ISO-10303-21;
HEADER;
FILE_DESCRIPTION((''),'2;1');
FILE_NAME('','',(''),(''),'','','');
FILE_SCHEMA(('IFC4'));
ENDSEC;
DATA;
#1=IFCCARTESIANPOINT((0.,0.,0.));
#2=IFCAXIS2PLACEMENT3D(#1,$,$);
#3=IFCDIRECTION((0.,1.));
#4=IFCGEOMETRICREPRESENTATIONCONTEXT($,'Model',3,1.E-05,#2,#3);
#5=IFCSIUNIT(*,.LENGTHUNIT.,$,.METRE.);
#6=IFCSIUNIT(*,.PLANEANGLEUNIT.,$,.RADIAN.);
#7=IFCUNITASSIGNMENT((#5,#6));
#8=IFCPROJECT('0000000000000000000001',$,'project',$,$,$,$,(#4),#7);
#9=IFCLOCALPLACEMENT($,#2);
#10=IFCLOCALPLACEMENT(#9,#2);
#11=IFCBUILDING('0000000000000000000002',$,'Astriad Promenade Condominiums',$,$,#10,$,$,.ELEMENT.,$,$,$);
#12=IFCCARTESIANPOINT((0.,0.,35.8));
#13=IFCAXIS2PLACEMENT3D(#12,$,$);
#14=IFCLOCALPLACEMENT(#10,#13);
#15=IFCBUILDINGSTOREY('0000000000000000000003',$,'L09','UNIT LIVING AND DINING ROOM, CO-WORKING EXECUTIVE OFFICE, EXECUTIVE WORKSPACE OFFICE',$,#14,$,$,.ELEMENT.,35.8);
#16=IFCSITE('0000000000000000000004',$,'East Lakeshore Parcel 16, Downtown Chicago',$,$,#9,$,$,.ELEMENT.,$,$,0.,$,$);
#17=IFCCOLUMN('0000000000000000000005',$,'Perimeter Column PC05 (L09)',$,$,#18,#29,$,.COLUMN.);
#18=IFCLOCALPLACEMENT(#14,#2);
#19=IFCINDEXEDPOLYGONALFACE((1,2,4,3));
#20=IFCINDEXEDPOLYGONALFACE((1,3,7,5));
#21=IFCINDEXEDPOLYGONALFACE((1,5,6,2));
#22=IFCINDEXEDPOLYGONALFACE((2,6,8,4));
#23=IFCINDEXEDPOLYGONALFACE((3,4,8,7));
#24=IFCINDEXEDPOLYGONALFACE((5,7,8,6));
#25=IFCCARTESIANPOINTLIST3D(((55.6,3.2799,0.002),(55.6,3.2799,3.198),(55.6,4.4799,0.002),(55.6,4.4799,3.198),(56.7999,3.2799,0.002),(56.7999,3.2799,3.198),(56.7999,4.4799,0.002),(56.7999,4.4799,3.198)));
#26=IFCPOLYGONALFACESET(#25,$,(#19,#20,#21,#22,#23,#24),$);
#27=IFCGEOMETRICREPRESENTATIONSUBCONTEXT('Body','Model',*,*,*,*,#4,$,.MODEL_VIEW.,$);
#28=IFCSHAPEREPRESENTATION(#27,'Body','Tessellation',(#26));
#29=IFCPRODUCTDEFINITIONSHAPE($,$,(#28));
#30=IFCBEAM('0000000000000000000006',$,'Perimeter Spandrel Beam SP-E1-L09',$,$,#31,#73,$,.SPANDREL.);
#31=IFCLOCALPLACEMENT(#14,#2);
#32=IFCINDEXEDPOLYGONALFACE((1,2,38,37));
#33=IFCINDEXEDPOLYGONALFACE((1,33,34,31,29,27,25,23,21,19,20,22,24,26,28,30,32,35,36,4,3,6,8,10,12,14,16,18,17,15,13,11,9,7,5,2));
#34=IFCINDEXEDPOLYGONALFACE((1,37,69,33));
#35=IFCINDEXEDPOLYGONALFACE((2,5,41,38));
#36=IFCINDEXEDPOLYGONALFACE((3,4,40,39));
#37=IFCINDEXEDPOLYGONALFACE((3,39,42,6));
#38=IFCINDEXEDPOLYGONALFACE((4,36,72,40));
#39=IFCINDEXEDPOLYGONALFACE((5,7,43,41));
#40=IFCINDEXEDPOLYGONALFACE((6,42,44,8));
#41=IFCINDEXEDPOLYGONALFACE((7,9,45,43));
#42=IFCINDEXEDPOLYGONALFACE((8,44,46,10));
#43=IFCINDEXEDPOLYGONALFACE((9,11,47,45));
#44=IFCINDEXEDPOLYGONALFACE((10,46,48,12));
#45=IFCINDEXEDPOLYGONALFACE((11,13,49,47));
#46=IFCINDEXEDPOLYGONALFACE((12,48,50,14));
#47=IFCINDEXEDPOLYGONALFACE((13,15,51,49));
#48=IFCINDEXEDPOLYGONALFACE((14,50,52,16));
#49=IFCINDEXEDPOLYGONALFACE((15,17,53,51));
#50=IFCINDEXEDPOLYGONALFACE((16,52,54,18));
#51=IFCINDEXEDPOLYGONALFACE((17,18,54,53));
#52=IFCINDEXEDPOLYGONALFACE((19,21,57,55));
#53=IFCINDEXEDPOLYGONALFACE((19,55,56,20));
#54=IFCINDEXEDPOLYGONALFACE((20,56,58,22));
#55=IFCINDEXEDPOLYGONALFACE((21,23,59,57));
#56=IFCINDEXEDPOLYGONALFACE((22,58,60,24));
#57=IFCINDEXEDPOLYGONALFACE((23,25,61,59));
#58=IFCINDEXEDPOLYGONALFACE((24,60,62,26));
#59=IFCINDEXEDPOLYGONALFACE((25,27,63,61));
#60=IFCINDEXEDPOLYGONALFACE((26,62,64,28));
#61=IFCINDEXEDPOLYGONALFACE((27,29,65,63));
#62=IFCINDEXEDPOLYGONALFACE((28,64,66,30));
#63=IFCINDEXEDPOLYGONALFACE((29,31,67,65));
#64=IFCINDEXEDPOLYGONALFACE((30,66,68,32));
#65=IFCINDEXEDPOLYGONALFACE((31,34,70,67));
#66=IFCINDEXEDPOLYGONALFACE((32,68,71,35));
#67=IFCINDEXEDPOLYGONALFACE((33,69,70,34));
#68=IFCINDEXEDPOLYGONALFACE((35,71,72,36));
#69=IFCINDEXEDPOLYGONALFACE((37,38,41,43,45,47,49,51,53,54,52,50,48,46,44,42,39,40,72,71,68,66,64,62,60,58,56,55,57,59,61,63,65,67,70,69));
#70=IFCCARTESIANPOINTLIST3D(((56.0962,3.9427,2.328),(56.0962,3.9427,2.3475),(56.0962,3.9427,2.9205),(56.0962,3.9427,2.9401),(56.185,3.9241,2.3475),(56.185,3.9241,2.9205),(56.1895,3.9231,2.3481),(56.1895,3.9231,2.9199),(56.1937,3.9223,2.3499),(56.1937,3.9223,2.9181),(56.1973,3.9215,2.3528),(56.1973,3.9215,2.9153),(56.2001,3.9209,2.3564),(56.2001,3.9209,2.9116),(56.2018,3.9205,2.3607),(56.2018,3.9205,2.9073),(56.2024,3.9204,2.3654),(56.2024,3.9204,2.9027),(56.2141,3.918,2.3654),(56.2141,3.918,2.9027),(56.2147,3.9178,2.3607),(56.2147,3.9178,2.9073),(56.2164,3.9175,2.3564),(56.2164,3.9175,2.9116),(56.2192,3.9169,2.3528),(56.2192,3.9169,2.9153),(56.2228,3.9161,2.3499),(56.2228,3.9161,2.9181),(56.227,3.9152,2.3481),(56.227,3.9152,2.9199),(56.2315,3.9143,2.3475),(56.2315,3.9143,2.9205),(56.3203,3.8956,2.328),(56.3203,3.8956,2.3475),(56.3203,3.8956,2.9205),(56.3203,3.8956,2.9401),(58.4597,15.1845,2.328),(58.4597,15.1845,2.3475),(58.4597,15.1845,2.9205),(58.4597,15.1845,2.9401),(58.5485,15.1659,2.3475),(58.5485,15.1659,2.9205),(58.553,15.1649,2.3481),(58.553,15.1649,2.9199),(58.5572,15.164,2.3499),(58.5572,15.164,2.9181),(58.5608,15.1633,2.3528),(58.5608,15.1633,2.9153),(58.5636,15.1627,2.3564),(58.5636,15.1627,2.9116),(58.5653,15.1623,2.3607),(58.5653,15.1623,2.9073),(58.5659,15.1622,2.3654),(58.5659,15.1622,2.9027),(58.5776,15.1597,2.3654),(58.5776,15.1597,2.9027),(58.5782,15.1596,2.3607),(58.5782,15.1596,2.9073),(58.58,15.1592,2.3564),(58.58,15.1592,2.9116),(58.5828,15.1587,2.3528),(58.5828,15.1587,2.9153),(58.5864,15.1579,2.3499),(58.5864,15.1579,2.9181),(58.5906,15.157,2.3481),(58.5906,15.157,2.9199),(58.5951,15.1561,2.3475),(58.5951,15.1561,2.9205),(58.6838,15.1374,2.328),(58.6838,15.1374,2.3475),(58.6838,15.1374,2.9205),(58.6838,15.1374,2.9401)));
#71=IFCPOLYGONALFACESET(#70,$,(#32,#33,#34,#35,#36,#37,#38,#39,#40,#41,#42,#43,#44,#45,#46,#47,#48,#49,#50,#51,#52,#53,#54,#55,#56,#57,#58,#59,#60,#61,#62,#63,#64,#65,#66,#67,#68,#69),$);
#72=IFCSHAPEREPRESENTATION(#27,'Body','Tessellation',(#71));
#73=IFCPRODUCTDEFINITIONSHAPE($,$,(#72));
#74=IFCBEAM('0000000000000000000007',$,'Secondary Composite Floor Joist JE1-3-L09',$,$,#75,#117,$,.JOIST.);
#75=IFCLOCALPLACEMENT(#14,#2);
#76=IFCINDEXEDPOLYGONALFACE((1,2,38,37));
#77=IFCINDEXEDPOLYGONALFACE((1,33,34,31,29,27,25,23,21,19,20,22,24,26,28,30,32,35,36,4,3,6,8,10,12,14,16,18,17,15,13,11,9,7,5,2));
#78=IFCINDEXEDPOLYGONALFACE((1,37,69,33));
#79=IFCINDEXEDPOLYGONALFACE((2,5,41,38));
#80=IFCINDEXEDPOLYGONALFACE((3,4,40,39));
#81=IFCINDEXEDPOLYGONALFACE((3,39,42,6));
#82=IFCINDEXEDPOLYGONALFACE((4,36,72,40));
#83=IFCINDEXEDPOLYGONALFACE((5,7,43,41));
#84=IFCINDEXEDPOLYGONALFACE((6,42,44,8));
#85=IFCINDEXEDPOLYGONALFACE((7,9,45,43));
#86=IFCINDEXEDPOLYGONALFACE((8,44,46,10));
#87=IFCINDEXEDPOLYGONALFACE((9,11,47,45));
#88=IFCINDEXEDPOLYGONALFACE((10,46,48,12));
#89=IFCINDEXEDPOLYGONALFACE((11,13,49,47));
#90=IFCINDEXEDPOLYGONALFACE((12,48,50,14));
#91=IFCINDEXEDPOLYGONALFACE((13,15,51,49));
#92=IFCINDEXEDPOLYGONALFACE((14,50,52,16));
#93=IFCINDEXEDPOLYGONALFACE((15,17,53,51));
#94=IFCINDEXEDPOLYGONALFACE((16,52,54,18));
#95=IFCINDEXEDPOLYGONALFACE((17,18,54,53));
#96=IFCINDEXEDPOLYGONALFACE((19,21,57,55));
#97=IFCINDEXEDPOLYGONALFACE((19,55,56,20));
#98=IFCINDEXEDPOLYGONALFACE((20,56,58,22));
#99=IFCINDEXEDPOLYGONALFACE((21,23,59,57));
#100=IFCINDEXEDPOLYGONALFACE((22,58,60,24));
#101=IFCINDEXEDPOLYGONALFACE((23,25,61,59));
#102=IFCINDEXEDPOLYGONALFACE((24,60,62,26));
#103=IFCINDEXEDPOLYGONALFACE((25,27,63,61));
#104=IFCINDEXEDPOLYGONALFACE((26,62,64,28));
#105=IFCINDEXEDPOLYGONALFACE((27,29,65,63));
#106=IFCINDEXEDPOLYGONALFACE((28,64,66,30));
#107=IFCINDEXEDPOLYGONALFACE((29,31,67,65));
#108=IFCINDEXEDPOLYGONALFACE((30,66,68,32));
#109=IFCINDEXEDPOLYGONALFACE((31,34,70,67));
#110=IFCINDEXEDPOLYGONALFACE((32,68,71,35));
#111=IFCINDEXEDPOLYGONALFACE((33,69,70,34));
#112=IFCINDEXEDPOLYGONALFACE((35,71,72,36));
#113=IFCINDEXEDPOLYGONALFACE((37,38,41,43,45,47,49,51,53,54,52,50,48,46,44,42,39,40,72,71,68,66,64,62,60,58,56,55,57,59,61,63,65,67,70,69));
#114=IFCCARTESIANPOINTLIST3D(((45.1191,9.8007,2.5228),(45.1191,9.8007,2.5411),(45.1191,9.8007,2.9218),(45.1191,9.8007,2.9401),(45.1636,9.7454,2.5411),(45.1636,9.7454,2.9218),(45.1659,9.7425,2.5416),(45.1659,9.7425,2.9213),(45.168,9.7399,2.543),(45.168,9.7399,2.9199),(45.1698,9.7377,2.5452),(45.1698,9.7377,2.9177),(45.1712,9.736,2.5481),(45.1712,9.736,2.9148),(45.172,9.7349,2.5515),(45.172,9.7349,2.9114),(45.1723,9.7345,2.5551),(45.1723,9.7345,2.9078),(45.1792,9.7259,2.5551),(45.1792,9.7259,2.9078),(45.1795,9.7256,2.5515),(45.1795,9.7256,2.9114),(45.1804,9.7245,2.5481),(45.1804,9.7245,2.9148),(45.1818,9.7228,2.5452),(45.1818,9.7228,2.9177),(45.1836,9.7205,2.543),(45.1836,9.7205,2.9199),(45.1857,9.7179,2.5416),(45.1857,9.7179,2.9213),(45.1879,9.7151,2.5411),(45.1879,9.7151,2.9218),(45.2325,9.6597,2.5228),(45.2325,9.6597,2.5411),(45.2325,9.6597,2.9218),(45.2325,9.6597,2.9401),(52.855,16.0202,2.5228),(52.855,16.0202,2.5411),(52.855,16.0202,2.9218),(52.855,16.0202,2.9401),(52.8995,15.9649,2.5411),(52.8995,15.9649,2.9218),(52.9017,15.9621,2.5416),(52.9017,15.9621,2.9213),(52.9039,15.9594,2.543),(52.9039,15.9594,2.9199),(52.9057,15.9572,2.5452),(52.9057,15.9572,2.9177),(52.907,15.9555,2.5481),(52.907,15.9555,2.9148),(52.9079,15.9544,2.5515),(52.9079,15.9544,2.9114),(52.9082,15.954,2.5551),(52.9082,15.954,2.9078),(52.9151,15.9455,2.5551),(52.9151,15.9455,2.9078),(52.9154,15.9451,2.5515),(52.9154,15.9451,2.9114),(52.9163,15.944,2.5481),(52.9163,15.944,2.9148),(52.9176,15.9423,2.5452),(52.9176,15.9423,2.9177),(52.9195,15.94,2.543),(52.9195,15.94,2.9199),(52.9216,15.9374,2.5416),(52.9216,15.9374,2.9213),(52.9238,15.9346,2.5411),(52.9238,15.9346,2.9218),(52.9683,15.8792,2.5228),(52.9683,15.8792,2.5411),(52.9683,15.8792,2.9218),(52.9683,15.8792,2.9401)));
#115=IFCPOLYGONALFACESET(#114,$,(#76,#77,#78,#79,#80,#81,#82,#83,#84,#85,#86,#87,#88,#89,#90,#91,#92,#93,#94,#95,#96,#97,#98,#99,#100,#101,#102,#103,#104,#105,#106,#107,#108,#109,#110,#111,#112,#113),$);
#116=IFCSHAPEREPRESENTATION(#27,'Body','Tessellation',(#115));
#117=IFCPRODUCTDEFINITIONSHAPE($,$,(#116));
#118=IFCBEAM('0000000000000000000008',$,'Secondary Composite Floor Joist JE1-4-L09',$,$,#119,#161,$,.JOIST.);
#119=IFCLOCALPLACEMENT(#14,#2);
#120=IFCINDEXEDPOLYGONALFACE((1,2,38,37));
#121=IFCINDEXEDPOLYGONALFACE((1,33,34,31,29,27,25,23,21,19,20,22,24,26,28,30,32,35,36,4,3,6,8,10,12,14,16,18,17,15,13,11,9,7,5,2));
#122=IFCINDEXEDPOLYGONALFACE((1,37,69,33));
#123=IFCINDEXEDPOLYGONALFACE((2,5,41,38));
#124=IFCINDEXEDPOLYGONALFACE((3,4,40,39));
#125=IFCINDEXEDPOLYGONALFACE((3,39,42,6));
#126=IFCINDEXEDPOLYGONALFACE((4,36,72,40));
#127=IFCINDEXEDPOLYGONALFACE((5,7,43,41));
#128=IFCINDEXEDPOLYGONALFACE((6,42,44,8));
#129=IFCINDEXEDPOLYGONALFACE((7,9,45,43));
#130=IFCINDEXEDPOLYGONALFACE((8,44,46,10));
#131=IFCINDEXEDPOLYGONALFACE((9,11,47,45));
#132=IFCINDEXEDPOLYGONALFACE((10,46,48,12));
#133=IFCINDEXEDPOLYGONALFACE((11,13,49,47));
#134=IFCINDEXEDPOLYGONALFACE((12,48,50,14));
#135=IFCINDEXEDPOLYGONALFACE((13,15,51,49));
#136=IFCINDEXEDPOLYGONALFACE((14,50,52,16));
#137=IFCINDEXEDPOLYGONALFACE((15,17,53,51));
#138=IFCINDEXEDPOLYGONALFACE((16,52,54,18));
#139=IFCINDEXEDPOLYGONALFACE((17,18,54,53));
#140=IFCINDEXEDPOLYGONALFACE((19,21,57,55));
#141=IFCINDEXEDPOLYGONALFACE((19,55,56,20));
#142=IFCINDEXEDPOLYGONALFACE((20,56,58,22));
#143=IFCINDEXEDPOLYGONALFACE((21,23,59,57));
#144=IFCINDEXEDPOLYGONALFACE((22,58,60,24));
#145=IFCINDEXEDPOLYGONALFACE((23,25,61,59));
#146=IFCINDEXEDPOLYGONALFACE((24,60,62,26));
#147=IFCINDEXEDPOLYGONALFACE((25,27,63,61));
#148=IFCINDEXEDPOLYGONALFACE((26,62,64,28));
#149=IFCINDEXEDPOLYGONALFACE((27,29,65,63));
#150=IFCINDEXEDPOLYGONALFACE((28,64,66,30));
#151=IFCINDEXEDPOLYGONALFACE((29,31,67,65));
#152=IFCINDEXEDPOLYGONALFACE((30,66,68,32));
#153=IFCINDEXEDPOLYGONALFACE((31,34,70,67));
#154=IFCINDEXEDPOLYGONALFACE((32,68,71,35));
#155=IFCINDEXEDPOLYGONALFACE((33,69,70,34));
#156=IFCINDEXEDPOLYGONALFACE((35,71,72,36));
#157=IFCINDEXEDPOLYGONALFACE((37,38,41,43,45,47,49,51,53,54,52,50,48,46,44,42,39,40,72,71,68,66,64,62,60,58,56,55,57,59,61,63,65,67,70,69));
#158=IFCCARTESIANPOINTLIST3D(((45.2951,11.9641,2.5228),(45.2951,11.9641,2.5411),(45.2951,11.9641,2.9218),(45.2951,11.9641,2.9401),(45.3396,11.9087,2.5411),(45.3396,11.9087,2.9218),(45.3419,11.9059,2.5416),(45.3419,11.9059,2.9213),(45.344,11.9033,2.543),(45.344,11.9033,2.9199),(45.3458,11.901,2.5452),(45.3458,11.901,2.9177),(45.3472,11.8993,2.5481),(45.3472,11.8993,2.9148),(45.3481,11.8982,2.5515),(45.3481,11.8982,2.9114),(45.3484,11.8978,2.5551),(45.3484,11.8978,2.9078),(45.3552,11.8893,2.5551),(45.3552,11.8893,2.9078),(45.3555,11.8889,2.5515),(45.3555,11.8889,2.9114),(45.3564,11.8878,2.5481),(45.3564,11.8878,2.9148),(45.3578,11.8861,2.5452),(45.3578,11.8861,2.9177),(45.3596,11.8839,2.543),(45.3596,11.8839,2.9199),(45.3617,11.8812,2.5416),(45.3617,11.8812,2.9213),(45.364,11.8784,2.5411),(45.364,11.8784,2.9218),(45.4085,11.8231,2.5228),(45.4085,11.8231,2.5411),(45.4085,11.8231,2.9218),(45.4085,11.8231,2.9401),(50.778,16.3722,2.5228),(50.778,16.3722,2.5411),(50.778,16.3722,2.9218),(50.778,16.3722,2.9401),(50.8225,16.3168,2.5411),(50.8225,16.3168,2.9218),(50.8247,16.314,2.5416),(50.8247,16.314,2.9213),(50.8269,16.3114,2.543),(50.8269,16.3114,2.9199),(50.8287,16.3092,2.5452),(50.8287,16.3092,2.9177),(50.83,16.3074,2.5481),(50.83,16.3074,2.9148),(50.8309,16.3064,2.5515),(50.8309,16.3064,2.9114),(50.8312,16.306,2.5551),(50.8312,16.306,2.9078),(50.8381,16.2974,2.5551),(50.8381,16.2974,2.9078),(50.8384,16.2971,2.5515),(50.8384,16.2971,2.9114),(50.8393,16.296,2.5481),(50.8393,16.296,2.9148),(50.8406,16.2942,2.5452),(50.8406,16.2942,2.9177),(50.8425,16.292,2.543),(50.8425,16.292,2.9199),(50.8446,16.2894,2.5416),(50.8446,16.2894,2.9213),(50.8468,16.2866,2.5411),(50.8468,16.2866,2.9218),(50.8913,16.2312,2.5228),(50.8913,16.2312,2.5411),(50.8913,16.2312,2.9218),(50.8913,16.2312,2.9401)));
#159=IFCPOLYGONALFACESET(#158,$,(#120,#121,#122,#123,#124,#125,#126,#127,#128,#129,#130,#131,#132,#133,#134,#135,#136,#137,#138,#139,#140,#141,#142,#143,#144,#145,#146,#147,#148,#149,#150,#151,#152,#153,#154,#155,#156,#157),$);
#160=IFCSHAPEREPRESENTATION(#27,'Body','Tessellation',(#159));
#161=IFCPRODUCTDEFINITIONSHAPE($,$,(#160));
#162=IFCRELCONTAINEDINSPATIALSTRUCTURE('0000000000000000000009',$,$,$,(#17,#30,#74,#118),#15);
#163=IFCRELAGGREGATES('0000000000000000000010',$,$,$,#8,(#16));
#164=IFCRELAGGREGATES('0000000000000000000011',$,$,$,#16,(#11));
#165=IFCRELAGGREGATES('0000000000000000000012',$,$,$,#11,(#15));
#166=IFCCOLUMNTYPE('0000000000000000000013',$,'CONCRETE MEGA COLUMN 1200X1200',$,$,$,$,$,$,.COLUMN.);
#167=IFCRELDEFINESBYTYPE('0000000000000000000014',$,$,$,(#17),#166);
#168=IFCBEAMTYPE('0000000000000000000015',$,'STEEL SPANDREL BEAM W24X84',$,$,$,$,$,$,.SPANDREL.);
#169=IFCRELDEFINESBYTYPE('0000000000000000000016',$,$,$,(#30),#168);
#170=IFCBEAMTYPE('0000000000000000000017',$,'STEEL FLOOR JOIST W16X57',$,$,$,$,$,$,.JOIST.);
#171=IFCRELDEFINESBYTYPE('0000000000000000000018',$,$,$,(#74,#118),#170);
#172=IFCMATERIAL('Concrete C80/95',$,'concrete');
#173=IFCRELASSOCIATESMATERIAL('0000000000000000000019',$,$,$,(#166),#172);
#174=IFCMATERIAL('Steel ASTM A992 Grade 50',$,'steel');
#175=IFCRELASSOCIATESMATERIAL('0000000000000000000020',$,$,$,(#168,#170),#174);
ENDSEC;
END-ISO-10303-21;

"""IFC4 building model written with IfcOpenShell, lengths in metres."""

from ifc_helpers import new_model, si_unit, direction, frame, origin, origin_2d, place, context, subcontext, project, spatial, rectangle, i_section, extrude, source, transform, mapped, material, material_profile, profile_set, type_object, type_shapes, element, save


model = new_model("IFC4")

# Units and contexts
model_context = context("Model", 3, precision=1e-05, world=origin(), true_north=direction((0.0, 1.0)))
body_context = subcontext(model_context, "Body", "Model", "MODEL_VIEW")
ifc_project = project(units=[si_unit("LENGTHUNIT", "METRE"), si_unit("PLANEANGLEUNIT", "RADIAN")], contexts=[model_context])

# Site, building, storey
site_placement = place(None, origin())
site = spatial("IfcSite", under=ifc_project, at=site_placement, Name="East Lakeshore Parcel 16, Downtown Chicago", CompositionType="ELEMENT", RefElevation=0.0)
building_placement = place(site_placement, origin())
building = spatial("IfcBuilding", under=site, at=building_placement, Name="Astriad Promenade Condominiums", CompositionType="ELEMENT")
storey_placement = place(building_placement, frame((0.0, 0.0, 35.8)))
storey = spatial("IfcBuildingStorey", under=building, at=storey_placement, Name="L09", Description="UNIT LIVING AND DINING ROOM, CO-WORKING EXECUTIVE OFFICE, EXECUTIVE WORKSPACE OFFICE", CompositionType="ELEMENT", Elevation=35.8)

# Column
ifc_material_1 = material(Name="Concrete C80/95", Category="concrete")
ifc_material_profile_1 = material_profile(ifc_material_1, rectangle(XDim=1.2, YDim=1.2, at=origin_2d()), Name="RC-COL-1200X1200")
ifc_profile_set_1 = profile_set([ifc_material_profile_1], Name="Concrete C80/95")
column_type = type_object("IfcColumnType", Name="CONCRETE MEGA COLUMN 1200X1200", PredefinedType="COLUMN", material=ifc_profile_set_1)
shared_shape_1 = source(origin(), body_context, "Body", "SweptSolid", [
    extrude(rectangle(XDim=1.2, YDim=1.2, at=origin_2d()), origin(), (0.0, 0.0, 1.0), 3.196),
])
type_shapes(column_type, [shared_shape_1])
column_placement = place(storey_placement, frame((56.2, 3.8799, 0.002), z_axis=(0.0, 0.0, 1.0), x_axis=(1.0, 0.0, 0.0)))
element("IfcColumn", 1, at=column_placement, inside=storey, type_object=column_type, Name="Perimeter Column PC05 (L09)", PredefinedType="COLUMN", context=body_context, shape_type="MappedRepresentation", body=[
    mapped(shared_shape_1, transform((0.0, 0.0, 0.0), scale=1.0)),
])

# Beams
ifc_material_2 = material(Name="Steel ASTM A992 Grade 50", Category="steel")
ifc_material_profile_2 = material_profile(ifc_material_2, i_section(OverallWidth=0.229, OverallDepth=0.6121, WebThickness=0.012, FlangeThickness=0.0195, FilletRadius=0.0178, at=origin_2d()), Name="W24X84")
ifc_profile_set_2 = profile_set([ifc_material_profile_2], Name="Steel ASTM A992 Grade 50")
beam_type_1 = type_object("IfcBeamType", Name="STEEL SPANDREL BEAM W24X84", PredefinedType="SPANDREL", material=ifc_profile_set_2)
shared_shape_2 = source(origin(), body_context, "Body", "SweptSolid", [
    extrude(i_section(OverallWidth=0.229, OverallDepth=0.6121, WebThickness=0.012, FlangeThickness=0.0195, FilletRadius=0.0178, at=origin_2d()), origin(), (0.0, 0.0, 1.0), 11.4875),
])
type_shapes(beam_type_1, [shared_shape_2])
beam_1_placement = place(storey_placement, frame((56.2083, 3.9192, 2.634), z_axis=(0.205748, 0.978605, 0.0), x_axis=(-0.978605, 0.205748, 0.0)))
element("IfcBeam", 2, at=beam_1_placement, inside=storey, type_object=beam_type_1, Name="Perimeter Spandrel Beam SP-E1-L09", PredefinedType="SPANDREL", context=body_context, shape_type="MappedRepresentation", body=[
    mapped(shared_shape_2, transform((0.0, 0.0, 0.0), scale=1.0)),
])
ifc_material_profile_3 = material_profile(ifc_material_2, i_section(OverallWidth=0.1809, OverallDepth=0.4172, WebThickness=0.011, FlangeThickness=0.0183, FilletRadius=0.0139, at=origin_2d()), Name="W16X57")
ifc_profile_set_3 = profile_set([ifc_material_profile_3], Name="Steel ASTM A992 Grade 50")
beam_type_2 = type_object("IfcBeamType", Name="STEEL FLOOR JOIST W16X57", PredefinedType="JOIST", material=ifc_profile_set_3)
shared_shape_3 = source(origin(), body_context, "Body", "SweptSolid", [
    extrude(i_section(OverallWidth=0.1809, OverallDepth=0.4172, WebThickness=0.011, FlangeThickness=0.0183, FilletRadius=0.0139, at=origin_2d()), origin(), (0.0, 0.0, 1.0), 9.926),
])
beam_2_placement = place(storey_placement, frame((45.1758, 9.7302, 2.7314), z_axis=(0.779352, 0.626586, 0.0), x_axis=(-0.626586, 0.779352, 0.0)))
element("IfcBeam", 3, at=beam_2_placement, inside=storey, type_object=beam_type_2, Name="Secondary Composite Floor Joist JE1-3-L09", PredefinedType="JOIST", context=body_context, shape_type="MappedRepresentation", body=[
    mapped(shared_shape_3, transform((0.0, 0.0, 0.0), scale=1.0)),
])
shared_shape_4 = source(origin(), body_context, "Body", "SweptSolid", [
    extrude(i_section(OverallWidth=0.1809, OverallDepth=0.4172, WebThickness=0.011, FlangeThickness=0.0183, FilletRadius=0.0139, at=origin_2d()), origin(), (0.0, 0.0, 1.0), 7.0352),
])
beam_3_placement = place(storey_placement, frame((45.3518, 11.8936, 2.7314), z_axis=(0.77935, 0.626589, 0.0), x_axis=(-0.626589, 0.77935, 0.0)))
element("IfcBeam", 4, at=beam_3_placement, inside=storey, type_object=beam_type_2, Name="Secondary Composite Floor Joist JE1-4-L09", PredefinedType="JOIST", context=body_context, shape_type="MappedRepresentation", body=[
    mapped(shared_shape_4, transform((0.0, 0.0, 0.0), scale=1.0)),
])

save(model, "model.ifc")
